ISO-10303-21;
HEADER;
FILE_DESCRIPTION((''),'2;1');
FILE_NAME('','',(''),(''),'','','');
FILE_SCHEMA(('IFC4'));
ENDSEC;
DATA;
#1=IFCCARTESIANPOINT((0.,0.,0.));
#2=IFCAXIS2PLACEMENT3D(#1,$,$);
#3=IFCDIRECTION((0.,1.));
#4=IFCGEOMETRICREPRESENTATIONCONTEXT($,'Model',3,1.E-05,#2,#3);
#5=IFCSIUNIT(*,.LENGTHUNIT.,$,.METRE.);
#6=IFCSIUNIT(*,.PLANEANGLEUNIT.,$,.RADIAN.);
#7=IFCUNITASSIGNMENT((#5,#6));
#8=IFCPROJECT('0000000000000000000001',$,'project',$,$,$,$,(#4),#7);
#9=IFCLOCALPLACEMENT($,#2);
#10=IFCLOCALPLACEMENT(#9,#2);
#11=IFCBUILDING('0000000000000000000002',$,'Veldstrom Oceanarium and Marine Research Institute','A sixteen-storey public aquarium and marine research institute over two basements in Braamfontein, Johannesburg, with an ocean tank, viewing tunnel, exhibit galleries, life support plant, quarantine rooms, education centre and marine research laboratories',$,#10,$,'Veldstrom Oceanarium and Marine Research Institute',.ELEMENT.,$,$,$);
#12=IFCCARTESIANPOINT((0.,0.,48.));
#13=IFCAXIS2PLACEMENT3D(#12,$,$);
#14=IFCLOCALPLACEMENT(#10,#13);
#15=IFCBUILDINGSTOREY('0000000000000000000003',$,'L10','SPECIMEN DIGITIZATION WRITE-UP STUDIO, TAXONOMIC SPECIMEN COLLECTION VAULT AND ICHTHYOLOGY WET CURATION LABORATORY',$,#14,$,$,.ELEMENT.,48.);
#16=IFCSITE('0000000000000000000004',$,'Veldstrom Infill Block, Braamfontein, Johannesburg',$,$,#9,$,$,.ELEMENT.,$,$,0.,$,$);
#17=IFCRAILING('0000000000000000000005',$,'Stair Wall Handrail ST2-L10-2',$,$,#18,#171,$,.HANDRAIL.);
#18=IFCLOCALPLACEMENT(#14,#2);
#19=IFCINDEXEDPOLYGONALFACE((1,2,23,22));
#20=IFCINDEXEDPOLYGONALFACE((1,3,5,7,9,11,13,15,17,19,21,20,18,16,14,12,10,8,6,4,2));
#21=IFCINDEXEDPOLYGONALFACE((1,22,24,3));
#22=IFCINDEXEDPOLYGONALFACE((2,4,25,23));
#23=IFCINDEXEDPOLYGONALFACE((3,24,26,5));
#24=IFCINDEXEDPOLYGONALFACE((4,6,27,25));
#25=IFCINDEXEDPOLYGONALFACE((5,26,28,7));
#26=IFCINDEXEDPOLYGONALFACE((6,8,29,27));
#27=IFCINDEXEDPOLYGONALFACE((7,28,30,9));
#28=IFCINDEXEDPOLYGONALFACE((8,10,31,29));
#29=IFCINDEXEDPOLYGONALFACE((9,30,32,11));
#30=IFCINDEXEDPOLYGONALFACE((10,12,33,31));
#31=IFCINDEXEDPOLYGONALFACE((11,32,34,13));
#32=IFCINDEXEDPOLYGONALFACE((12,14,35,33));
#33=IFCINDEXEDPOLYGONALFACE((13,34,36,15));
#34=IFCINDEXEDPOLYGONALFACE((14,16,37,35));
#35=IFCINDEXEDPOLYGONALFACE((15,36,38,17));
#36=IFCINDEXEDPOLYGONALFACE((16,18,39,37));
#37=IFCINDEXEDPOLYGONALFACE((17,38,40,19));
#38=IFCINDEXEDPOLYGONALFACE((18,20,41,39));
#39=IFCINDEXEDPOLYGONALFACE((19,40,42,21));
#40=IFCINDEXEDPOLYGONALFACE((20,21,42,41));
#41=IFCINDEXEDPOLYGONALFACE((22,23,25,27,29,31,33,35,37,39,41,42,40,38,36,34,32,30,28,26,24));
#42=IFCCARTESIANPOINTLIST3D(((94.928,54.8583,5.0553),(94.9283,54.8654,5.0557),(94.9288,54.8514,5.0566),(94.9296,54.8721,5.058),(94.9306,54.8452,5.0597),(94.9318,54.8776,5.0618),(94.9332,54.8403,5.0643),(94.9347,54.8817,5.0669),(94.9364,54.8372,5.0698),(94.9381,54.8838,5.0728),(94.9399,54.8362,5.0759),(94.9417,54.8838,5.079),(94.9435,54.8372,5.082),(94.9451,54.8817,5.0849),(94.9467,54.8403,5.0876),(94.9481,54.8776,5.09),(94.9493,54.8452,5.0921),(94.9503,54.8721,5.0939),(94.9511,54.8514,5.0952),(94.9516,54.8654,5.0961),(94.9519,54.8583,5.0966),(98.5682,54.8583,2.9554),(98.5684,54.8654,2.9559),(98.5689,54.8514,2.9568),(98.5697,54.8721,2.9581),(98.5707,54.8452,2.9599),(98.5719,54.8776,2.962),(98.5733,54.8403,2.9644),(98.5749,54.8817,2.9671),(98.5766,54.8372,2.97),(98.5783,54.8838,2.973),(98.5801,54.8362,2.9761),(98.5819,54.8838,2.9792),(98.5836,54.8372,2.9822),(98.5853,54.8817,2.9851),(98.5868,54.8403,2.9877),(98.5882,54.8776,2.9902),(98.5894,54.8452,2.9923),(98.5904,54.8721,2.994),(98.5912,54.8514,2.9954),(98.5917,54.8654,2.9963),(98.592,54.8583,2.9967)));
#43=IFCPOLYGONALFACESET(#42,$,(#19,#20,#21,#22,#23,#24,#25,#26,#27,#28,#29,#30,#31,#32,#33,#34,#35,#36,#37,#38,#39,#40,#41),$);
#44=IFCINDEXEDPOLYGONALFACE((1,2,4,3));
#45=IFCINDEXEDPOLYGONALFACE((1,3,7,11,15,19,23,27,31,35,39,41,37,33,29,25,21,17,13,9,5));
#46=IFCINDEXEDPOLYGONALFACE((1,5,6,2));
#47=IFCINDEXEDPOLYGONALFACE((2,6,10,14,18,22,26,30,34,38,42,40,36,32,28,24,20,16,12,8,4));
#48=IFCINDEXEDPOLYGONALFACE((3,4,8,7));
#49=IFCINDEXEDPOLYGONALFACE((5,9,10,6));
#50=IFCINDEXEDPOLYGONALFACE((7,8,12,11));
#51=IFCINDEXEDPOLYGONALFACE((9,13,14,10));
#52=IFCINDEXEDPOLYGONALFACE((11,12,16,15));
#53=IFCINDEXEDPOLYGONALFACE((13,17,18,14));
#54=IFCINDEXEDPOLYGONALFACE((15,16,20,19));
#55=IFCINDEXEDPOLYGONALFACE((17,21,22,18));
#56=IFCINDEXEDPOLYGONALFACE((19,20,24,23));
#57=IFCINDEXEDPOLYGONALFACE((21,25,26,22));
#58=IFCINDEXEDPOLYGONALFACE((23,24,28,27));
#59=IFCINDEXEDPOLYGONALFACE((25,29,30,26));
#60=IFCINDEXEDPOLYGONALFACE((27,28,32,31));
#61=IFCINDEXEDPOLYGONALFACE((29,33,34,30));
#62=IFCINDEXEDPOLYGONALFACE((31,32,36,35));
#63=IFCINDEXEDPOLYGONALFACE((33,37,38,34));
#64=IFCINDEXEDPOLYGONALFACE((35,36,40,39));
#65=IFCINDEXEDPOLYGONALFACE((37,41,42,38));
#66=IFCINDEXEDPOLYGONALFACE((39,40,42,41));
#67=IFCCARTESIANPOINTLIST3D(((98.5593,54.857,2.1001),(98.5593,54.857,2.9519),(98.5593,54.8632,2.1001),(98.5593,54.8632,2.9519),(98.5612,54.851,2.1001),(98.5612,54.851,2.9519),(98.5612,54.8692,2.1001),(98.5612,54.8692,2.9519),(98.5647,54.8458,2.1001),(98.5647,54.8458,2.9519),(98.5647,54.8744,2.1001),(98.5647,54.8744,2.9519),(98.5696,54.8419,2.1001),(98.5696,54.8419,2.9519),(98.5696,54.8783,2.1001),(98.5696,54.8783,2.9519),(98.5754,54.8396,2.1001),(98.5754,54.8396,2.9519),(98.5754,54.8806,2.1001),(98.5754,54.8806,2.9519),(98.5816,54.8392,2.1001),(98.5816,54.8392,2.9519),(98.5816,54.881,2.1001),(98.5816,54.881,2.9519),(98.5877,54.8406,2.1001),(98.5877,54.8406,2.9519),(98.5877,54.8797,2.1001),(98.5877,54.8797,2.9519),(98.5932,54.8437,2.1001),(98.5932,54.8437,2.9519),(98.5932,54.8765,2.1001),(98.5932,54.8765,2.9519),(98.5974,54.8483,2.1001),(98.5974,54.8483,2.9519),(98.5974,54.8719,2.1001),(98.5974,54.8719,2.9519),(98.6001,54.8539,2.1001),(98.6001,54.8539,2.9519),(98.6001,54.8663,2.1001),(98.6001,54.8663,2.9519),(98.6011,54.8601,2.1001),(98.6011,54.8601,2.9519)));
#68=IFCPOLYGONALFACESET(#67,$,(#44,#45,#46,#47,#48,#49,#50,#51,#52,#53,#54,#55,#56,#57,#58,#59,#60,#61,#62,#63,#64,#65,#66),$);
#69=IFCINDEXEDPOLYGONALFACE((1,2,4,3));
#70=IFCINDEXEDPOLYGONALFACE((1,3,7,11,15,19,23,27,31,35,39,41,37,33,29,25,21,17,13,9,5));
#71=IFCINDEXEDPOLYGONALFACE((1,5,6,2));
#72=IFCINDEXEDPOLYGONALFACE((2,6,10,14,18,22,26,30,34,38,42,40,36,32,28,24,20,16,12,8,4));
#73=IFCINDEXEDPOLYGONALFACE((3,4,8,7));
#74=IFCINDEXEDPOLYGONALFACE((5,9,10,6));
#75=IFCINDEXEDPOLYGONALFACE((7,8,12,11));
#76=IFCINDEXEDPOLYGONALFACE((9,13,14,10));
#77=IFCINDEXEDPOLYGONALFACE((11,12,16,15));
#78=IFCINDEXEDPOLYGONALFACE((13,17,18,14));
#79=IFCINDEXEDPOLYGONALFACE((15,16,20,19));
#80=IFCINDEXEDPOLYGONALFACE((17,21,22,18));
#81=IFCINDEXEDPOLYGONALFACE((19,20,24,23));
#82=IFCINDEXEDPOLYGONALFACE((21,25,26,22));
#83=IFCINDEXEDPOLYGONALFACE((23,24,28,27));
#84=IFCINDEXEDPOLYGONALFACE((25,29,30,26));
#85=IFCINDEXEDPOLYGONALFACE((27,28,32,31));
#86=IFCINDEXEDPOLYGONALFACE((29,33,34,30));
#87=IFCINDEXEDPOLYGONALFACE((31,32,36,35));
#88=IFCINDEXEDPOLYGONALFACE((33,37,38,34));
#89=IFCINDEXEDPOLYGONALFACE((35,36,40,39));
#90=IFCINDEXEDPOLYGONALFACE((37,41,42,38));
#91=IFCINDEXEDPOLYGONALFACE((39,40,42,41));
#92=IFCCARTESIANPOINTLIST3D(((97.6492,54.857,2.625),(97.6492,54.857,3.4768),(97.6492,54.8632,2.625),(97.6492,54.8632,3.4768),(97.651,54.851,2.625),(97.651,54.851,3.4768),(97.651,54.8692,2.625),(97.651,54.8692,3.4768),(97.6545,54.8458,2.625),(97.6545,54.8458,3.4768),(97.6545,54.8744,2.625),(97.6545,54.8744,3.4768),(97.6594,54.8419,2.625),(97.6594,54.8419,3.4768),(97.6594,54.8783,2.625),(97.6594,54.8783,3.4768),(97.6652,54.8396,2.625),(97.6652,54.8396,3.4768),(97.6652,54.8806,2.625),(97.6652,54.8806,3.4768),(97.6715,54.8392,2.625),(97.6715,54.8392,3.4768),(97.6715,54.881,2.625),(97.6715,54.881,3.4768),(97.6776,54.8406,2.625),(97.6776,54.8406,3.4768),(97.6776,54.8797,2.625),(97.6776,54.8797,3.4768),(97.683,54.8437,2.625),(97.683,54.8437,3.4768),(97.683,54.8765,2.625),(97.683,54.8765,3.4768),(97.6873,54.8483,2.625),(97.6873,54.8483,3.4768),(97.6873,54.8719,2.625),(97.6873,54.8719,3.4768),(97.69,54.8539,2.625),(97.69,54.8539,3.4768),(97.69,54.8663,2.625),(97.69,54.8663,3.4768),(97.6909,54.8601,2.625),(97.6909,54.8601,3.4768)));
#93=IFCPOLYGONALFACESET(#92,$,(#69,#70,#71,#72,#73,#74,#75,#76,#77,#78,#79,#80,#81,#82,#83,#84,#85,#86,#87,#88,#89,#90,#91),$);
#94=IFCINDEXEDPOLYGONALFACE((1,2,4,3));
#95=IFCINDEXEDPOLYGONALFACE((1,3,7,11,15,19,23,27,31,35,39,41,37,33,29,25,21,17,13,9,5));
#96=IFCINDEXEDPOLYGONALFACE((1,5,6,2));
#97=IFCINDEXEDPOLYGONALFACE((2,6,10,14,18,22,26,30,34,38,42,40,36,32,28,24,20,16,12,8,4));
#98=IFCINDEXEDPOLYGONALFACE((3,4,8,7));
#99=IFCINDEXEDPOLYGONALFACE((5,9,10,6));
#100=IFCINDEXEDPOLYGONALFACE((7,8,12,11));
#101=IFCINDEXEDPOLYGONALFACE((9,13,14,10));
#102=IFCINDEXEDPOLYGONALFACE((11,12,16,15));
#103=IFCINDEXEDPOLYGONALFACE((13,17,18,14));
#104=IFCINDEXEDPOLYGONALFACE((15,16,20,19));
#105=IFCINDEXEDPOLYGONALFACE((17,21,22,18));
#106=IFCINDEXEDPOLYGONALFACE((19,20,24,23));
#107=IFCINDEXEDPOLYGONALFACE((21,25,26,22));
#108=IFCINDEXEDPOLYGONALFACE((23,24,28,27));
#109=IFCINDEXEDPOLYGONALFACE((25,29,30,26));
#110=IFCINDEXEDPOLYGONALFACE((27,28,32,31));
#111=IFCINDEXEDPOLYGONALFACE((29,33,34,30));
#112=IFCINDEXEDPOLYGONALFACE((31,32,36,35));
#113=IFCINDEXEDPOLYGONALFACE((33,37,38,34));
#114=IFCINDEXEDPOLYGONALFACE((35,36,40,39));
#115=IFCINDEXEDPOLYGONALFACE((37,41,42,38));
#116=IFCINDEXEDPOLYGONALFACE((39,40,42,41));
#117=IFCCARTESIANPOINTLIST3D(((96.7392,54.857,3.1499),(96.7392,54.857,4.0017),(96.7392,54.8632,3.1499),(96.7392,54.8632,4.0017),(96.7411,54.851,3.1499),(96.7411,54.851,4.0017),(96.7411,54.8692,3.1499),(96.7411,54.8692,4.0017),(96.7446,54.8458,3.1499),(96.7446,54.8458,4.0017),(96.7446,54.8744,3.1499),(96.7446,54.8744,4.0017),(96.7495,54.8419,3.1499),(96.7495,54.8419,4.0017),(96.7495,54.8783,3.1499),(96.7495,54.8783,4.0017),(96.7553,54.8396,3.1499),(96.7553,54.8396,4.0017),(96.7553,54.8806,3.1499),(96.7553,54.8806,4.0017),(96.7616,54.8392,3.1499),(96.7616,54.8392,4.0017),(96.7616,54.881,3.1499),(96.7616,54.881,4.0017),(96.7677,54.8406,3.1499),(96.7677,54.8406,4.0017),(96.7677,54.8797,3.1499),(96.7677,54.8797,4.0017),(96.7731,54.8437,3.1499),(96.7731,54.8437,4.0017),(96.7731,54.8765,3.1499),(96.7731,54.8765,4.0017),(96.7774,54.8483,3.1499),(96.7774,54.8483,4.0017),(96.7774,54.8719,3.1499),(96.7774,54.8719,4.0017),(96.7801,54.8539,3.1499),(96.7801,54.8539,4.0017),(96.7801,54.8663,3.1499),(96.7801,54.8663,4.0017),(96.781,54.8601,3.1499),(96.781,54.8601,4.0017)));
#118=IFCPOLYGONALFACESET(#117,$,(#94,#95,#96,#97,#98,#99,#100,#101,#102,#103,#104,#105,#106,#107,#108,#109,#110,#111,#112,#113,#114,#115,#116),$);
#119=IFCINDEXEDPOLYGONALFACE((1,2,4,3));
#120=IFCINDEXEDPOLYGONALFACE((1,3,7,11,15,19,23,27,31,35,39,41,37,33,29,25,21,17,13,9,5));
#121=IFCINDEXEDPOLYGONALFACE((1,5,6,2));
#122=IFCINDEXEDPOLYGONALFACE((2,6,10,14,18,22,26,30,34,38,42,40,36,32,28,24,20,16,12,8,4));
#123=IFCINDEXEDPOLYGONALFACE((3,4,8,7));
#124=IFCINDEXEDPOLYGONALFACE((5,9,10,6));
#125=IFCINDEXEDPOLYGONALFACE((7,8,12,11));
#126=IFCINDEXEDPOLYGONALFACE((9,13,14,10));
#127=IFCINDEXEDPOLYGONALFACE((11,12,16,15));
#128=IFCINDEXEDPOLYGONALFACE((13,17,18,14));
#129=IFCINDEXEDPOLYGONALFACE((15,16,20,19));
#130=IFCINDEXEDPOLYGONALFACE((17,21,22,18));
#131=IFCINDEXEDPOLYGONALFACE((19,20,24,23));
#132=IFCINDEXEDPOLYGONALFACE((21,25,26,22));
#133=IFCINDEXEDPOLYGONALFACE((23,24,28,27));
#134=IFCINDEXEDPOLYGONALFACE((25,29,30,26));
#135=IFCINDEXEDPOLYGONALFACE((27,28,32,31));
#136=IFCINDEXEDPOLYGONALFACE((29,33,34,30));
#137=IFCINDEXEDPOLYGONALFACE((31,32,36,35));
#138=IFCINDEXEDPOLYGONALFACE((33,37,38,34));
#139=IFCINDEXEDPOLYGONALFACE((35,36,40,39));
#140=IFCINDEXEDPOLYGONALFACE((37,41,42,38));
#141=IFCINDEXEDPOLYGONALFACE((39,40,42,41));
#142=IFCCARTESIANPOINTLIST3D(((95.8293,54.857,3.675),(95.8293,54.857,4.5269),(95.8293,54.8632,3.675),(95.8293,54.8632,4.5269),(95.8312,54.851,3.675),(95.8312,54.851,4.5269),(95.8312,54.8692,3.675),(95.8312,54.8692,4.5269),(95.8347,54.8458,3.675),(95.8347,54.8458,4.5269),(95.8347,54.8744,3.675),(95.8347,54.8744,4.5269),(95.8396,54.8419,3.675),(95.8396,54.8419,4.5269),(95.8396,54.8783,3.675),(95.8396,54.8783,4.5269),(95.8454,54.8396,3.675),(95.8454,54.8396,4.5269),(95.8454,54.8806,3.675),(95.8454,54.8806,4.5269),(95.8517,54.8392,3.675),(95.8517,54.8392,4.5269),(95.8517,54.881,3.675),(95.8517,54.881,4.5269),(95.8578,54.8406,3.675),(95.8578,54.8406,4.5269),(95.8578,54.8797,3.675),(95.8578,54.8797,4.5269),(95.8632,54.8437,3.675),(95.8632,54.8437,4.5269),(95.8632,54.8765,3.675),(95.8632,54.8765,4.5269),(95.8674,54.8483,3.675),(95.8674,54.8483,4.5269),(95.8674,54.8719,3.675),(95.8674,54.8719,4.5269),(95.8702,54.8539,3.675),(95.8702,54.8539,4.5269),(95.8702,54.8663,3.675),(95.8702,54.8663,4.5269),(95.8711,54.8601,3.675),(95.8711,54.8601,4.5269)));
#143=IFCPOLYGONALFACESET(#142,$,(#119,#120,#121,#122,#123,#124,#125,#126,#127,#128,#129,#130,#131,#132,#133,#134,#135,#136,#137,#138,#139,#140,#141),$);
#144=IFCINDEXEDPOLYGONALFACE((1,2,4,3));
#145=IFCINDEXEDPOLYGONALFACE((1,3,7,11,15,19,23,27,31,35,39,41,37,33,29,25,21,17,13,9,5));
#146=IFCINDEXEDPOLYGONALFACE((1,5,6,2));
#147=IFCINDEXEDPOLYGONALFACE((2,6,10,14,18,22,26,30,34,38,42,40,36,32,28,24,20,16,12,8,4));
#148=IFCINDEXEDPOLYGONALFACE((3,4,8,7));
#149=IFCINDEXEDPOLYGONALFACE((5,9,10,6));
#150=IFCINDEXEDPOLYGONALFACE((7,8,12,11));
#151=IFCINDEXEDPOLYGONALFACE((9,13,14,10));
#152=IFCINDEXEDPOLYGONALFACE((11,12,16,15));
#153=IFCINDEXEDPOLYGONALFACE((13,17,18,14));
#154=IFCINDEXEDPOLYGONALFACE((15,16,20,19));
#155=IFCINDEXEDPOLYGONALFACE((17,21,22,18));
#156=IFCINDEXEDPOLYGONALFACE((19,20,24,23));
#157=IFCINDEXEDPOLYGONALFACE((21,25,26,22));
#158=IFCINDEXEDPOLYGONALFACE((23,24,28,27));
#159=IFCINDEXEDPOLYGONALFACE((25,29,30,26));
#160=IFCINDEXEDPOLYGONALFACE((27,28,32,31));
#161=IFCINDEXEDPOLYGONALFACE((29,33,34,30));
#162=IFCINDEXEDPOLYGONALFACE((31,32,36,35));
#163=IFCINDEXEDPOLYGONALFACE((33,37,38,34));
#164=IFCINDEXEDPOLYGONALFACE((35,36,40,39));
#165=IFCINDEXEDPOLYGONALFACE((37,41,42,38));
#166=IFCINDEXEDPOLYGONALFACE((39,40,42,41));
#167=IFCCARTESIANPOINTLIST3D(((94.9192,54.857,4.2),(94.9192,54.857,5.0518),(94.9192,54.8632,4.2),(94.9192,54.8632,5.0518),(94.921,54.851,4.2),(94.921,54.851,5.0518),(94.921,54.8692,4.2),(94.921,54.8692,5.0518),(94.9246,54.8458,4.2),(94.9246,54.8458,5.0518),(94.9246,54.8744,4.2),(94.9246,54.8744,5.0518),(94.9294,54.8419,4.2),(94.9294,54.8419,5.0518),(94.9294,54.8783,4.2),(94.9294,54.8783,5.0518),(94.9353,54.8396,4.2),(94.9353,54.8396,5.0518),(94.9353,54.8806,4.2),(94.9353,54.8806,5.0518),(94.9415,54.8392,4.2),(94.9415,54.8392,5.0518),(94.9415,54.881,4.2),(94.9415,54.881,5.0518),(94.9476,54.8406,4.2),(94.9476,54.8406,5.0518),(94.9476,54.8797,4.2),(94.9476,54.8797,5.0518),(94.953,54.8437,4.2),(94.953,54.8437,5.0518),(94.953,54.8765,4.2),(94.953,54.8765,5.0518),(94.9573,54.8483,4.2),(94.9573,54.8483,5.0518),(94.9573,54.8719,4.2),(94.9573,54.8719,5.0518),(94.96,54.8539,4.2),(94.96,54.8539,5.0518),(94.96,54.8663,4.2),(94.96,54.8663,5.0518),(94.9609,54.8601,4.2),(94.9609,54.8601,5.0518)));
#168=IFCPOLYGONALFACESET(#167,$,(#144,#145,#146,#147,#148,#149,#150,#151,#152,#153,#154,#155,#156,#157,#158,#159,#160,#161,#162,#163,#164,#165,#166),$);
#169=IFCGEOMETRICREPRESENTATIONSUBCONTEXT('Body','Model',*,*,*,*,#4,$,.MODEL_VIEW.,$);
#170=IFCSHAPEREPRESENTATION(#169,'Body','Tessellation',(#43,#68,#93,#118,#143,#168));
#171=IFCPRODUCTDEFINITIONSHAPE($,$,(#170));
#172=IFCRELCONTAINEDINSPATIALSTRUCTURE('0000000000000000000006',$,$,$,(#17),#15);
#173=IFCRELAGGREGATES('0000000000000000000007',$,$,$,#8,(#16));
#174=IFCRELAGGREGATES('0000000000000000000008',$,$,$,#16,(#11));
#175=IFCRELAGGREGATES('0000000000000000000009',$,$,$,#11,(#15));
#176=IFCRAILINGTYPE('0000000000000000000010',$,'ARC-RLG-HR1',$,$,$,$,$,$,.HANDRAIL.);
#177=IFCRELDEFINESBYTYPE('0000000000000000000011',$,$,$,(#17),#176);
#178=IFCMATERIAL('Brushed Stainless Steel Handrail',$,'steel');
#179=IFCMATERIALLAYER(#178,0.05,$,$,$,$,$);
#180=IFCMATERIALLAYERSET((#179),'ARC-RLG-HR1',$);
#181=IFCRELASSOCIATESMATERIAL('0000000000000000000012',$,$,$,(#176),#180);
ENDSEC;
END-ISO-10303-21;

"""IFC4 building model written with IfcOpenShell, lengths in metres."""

from ifc_helpers import new_model, si_unit, direction, frame, origin, origin_2d, place, context, subcontext, project, spatial, circle, extrude, material, layer, layer_set, type_object, element, save


model = new_model("IFC4")

# Units and contexts
model_context = context("Model", 3, precision=1e-05, world=origin(), true_north=direction((0.0, 1.0)))
body_context = subcontext(model_context, "Body", "Model", "MODEL_VIEW")
ifc_project = project(units=[si_unit("LENGTHUNIT", "METRE"), si_unit("PLANEANGLEUNIT", "RADIAN")], contexts=[model_context])

# Site, building, storey
site_placement = place(None, origin())
site = spatial("IfcSite", under=ifc_project, at=site_placement, Name="Veldstrom Infill Block, Braamfontein, Johannesburg", CompositionType="ELEMENT", RefElevation=0.0)
building_placement = place(site_placement, origin())
building = spatial("IfcBuilding", under=site, at=building_placement, Name="Veldstrom Oceanarium and Marine Research Institute", Description="A sixteen-storey public aquarium and marine research institute over two basements in Braamfontein, Johannesburg, with an ocean tank, viewing tunnel, exhibit galleries, life support plant, quarantine rooms, education centre and marine research laboratories", LongName="Veldstrom Oceanarium and Marine Research Institute", CompositionType="ELEMENT")
storey_placement = place(building_placement, frame((0.0, 0.0, 48.0)))
storey = spatial("IfcBuildingStorey", under=building, at=storey_placement, Name="L10", Description="SPECIMEN DIGITIZATION WRITE-UP STUDIO, TAXONOMIC SPECIMEN COLLECTION VAULT AND ICHTHYOLOGY WET CURATION LABORATORY", CompositionType="ELEMENT", Elevation=48.0)

# Railing
ifc_material_1 = material(Name="Brushed Stainless Steel Handrail", Category="steel")
ifc_layer_1 = layer(ifc_material_1, 0.05)
ifc_layer_set_1 = layer_set([ifc_layer_1], Name="ARC-RLG-HR1")
railing_type_1 = type_object("IfcRailingType", Name="ARC-RLG-HR1", PredefinedType="HANDRAIL", material=ifc_layer_set_1)
railing_1_placement = place(storey_placement, frame((98.5801, 54.8601, 2.1001)))
element("IfcRailing", 1, at=railing_1_placement, inside=storey, type_object=railing_type_1, Name="Stair Wall Handrail ST2-L10-2", PredefinedType="HANDRAIL", context=body_context, shape_type="SweptSolid", body=[
    extrude(circle(Radius=0.0239, at=origin_2d()), frame((0.0, 0.0, 0.876), z_axis=(-0.866209, 0.0, 0.499682), x_axis=(0.0, -1.0, 0.0)), (0.0, 0.0, 1.0), 4.2024),
    extrude(circle(Radius=0.021, at=origin_2d()), origin(), (0.0, 0.0, 1.0), 0.8518),
    extrude(circle(Radius=0.021, at=origin_2d()), frame((-0.9102, 0.0, 0.5249)), (0.0, 0.0, 1.0), 0.8518),
    extrude(circle(Radius=0.021, at=origin_2d()), frame((-1.8201, 0.0, 1.0498)), (0.0, 0.0, 1.0), 0.8518),
    extrude(circle(Radius=0.021, at=origin_2d()), frame((-2.73, 0.0, 1.575)), (0.0, 0.0, 1.0), 0.8518),
    extrude(circle(Radius=0.021, at=origin_2d()), frame((-3.6401, 0.0, 2.0999)), (0.0, 0.0, 1.0), 0.8518),
])

save(model, "model.ifc")
